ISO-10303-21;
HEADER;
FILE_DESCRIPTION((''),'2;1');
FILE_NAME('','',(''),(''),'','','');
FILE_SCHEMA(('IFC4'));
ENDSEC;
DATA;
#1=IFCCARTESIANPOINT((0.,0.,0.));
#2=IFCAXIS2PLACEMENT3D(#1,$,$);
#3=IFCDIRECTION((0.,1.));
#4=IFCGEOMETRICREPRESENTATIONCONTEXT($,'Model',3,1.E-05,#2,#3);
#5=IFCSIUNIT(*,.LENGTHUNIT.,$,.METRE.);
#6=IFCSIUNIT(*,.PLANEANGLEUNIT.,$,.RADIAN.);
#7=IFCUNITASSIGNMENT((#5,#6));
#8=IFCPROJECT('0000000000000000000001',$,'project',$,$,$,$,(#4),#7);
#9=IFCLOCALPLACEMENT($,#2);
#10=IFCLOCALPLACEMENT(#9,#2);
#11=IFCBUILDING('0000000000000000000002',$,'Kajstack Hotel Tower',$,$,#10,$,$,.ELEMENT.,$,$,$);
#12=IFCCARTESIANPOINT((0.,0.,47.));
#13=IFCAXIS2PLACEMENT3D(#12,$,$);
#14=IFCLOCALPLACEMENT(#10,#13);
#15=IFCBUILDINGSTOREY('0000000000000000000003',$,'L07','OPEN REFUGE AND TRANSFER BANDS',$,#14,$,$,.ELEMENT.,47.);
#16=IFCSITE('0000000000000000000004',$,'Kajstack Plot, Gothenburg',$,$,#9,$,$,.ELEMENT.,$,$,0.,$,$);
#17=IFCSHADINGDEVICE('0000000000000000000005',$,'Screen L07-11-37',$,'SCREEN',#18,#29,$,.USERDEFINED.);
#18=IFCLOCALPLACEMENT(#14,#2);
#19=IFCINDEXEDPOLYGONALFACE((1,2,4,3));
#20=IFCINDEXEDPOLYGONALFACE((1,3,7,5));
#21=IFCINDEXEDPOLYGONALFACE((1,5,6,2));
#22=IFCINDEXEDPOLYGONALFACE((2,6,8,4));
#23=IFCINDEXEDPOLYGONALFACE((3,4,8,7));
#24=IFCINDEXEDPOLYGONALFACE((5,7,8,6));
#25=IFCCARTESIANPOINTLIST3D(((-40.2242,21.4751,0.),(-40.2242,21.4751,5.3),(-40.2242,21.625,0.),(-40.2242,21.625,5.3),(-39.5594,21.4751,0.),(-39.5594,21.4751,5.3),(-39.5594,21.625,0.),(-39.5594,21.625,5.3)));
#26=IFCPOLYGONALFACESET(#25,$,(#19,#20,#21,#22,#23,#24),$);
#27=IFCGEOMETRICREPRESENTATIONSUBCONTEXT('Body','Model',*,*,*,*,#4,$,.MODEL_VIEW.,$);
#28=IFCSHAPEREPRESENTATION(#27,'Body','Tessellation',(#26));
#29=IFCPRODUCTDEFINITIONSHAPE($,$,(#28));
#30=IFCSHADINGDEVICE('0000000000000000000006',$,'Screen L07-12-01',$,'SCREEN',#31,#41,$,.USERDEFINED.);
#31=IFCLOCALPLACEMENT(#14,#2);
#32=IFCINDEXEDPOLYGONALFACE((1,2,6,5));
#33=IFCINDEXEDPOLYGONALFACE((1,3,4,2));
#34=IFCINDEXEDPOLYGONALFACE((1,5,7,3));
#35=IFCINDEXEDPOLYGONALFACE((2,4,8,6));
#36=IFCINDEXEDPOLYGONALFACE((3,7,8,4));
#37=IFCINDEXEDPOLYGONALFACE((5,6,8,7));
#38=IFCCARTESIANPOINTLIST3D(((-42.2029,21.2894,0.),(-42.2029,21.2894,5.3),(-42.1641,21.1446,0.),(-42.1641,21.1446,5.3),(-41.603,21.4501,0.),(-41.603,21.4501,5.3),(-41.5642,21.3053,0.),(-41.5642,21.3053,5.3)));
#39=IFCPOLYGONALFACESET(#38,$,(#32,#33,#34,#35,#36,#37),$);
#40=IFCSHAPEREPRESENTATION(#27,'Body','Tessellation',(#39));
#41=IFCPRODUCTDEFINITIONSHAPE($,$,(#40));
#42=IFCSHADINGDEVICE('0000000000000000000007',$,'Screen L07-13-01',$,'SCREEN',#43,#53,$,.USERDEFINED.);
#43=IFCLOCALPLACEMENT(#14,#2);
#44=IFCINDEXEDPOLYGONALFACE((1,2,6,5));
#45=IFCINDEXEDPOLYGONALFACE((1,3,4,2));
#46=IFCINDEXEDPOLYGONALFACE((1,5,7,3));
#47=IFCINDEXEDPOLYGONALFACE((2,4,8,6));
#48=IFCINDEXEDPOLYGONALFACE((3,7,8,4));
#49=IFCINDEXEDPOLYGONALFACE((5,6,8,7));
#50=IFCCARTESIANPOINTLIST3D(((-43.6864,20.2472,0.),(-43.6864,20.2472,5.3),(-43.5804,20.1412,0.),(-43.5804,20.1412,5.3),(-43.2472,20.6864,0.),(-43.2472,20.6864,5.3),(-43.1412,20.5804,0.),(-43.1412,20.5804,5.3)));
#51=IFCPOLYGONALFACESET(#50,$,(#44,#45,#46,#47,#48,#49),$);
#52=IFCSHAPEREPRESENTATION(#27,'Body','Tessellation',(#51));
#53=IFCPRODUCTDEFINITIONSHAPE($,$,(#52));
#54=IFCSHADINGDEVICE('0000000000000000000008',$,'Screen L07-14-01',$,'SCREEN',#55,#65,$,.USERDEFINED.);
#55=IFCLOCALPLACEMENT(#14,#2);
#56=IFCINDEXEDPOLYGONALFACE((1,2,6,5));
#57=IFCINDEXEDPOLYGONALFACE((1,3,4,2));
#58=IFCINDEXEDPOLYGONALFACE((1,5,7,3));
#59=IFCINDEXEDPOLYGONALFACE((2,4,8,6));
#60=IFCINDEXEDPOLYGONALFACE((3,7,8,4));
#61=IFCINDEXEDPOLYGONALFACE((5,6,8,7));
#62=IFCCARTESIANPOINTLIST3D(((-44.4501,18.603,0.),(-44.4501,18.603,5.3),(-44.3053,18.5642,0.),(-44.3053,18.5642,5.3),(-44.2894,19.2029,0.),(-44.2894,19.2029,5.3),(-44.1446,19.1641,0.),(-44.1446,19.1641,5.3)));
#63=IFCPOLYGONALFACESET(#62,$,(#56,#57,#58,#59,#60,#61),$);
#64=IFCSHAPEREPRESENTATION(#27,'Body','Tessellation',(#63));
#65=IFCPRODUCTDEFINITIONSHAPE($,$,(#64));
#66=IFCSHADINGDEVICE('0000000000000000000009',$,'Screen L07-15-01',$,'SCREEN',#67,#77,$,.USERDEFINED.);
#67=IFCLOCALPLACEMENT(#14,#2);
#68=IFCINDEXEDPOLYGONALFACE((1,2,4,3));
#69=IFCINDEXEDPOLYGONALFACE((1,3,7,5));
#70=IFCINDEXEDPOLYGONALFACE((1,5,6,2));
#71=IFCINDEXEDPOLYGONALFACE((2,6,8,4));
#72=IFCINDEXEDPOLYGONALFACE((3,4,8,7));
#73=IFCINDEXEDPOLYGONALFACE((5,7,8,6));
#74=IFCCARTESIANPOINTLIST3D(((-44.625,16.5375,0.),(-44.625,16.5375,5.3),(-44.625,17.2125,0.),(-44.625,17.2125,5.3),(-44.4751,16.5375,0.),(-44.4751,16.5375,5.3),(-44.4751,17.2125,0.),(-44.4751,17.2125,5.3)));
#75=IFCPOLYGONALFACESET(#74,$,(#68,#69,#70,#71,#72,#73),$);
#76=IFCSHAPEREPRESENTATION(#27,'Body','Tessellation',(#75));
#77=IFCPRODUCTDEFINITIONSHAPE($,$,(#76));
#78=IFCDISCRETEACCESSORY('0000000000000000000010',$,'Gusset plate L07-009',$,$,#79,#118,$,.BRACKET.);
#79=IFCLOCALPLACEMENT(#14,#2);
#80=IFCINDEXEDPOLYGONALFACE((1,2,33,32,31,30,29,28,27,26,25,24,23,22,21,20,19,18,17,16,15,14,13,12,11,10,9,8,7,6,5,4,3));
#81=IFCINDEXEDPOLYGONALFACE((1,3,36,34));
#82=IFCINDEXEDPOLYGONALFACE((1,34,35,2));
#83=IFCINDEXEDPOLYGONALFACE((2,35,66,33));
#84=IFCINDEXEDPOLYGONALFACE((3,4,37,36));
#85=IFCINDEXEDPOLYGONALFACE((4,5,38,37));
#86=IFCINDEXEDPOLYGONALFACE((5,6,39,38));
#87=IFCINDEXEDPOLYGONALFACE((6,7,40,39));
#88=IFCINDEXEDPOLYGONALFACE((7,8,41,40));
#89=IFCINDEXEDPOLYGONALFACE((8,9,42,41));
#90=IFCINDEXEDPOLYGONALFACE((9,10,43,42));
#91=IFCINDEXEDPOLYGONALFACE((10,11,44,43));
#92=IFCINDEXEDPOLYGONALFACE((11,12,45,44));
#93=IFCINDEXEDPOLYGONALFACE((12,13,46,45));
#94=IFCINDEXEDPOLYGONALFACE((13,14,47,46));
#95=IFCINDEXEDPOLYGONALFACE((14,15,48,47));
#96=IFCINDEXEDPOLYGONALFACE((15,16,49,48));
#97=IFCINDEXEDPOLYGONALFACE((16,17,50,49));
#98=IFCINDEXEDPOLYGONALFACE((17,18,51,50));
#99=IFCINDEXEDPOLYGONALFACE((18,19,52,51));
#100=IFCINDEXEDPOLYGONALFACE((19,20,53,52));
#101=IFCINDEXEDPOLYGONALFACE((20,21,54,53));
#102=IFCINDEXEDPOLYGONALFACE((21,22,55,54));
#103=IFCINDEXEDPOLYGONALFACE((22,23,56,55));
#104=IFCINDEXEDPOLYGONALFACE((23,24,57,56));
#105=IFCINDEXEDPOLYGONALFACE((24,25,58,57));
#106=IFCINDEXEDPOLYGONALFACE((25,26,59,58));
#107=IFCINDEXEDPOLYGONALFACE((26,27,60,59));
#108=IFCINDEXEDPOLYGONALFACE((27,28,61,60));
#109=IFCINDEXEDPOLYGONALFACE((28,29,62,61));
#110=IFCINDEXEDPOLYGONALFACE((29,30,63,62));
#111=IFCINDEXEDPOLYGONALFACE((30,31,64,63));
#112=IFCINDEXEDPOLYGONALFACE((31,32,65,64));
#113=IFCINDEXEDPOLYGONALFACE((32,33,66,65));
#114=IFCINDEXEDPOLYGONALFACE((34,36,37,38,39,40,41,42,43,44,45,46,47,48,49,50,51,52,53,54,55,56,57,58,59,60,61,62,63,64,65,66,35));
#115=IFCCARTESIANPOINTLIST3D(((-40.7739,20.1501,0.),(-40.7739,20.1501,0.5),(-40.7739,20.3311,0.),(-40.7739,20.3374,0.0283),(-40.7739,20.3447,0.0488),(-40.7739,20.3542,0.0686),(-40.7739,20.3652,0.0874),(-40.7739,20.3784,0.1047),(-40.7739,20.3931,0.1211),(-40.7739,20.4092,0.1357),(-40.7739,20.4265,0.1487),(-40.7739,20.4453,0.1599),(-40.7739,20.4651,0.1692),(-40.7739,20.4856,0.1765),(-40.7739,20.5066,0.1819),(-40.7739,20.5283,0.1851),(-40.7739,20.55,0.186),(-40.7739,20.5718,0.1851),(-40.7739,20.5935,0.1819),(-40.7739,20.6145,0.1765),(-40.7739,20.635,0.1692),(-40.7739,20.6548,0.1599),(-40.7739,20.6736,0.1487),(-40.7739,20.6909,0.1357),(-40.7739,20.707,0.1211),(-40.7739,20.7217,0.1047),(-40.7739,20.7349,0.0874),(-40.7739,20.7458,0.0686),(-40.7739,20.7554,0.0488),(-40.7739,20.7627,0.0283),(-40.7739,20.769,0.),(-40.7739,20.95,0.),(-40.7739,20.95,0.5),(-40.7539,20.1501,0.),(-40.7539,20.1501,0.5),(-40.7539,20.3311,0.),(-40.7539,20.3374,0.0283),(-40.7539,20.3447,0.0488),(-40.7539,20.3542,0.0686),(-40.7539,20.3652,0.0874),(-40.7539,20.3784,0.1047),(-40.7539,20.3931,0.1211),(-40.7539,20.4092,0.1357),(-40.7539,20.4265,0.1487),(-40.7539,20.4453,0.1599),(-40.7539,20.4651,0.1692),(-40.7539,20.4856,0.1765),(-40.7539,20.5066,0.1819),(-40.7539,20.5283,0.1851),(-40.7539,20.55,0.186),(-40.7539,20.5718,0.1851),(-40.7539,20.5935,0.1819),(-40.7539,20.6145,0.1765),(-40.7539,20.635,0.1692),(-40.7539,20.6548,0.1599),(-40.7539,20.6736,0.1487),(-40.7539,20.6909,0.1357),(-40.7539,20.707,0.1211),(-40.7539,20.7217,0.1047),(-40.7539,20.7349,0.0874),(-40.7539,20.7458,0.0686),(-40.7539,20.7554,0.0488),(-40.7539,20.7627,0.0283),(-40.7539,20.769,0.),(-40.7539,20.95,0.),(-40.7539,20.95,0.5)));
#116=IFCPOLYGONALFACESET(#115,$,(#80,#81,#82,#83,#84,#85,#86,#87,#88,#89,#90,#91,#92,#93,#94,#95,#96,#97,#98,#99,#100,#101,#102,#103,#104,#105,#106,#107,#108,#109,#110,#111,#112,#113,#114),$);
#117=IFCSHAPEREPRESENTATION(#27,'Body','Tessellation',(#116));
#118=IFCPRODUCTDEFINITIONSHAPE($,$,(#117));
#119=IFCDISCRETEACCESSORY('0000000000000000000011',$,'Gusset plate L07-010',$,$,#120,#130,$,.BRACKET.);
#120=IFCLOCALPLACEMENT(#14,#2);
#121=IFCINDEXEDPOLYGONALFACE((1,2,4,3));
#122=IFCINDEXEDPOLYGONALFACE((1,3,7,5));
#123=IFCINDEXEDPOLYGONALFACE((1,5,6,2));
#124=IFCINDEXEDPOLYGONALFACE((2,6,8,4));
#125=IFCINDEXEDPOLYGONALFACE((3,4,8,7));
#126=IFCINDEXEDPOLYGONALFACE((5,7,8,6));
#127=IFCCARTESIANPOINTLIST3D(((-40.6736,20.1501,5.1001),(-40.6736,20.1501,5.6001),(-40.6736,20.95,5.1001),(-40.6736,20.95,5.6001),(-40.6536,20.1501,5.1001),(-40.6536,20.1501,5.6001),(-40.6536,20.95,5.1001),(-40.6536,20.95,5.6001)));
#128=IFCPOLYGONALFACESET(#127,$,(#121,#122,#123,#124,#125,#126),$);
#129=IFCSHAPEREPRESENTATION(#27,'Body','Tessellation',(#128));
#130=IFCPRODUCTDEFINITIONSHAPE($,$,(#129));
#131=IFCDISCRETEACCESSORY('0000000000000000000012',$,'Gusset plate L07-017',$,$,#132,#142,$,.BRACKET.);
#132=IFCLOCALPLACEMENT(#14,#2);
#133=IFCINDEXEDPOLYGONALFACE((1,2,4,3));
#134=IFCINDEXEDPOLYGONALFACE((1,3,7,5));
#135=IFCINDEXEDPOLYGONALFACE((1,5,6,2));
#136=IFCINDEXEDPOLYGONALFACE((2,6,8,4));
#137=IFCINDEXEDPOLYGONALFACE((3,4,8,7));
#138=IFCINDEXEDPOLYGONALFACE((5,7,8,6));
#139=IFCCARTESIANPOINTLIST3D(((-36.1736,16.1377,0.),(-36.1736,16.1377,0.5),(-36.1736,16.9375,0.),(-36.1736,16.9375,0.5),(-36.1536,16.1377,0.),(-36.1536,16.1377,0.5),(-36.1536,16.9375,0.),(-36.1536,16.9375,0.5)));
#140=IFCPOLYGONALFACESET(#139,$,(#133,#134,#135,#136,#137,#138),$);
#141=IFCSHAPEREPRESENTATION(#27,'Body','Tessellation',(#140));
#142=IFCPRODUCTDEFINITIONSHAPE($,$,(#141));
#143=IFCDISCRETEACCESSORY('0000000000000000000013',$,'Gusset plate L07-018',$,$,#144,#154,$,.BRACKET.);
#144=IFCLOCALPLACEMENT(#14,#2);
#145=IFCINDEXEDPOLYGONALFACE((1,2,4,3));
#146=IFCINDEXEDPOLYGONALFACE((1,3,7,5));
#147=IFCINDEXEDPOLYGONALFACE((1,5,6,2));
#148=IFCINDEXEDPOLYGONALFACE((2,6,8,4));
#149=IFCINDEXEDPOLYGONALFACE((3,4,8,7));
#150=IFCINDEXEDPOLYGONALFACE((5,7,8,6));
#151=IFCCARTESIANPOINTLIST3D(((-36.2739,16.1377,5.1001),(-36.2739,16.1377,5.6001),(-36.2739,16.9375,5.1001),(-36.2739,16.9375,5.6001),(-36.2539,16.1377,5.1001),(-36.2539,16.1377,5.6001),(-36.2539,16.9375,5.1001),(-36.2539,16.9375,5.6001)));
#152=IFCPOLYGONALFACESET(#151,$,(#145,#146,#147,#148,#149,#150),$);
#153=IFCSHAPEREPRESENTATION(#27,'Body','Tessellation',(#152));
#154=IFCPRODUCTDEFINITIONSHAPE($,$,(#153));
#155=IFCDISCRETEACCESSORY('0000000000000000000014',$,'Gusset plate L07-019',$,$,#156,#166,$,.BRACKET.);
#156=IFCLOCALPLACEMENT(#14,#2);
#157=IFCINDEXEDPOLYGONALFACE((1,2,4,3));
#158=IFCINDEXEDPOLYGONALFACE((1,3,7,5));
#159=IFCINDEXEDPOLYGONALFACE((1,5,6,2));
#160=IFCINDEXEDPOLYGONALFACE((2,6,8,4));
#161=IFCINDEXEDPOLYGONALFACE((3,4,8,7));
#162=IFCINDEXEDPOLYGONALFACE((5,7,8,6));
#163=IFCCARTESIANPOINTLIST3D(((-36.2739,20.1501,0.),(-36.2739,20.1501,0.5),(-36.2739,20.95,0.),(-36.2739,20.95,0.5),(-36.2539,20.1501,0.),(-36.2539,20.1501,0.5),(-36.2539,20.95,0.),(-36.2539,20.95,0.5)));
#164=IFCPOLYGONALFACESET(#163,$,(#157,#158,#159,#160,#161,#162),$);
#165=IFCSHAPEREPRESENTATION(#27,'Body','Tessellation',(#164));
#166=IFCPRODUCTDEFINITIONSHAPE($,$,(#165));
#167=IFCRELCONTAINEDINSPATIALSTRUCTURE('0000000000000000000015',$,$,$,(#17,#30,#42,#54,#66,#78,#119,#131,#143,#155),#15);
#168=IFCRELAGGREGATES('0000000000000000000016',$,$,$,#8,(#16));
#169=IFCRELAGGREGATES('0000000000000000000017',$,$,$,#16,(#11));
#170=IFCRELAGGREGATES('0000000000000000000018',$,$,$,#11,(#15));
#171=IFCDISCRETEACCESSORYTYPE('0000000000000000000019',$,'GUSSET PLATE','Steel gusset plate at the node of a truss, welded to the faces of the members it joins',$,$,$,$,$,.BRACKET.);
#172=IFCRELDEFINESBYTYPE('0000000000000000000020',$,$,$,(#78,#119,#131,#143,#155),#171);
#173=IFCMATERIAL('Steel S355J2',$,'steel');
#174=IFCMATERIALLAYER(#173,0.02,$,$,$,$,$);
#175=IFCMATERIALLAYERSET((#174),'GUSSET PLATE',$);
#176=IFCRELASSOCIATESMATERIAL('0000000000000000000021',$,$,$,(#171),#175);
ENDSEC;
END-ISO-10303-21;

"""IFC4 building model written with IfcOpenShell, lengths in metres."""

from ifc_helpers import new_model, si_unit, direction, frame, origin, origin_2d, place, context, subcontext, project, spatial, polyline, rectangle, outline, extrude, material, layer, layer_set, type_object, element, save


model = new_model("IFC4")

# Units and contexts
model_context = context("Model", 3, precision=1e-05, world=origin(), true_north=direction((0.0, 1.0)))
body_context = subcontext(model_context, "Body", "Model", "MODEL_VIEW")
ifc_project = project(units=[si_unit("LENGTHUNIT", "METRE"), si_unit("PLANEANGLEUNIT", "RADIAN")], contexts=[model_context])

# Site, building, storey
site_placement = place(None, origin())
site = spatial("IfcSite", under=ifc_project, at=site_placement, Name="Kajstack Plot, Gothenburg", CompositionType="ELEMENT", RefElevation=0.0)
building_placement = place(site_placement, origin())
building = spatial("IfcBuilding", under=site, at=building_placement, Name="Kajstack Hotel Tower", CompositionType="ELEMENT")
storey_placement = place(building_placement, frame((0.0, 0.0, 47.0)))
storey = spatial("IfcBuildingStorey", under=building, at=storey_placement, Name="L07", Description="OPEN REFUGE AND TRANSFER BANDS", CompositionType="ELEMENT", Elevation=47.0)

# Shared definitions
ifc_material = material(Name="Steel S355J2", Category="steel")

# Shading devices
for number, where, z_axis, x_axis, name in (
    (1, (-39.8918, 21.55, 0.0), (0.0, 0.0, 1.0), (-1.0, 0.0, 0.0), "Screen L07-11-37"),
):
    element("IfcShadingDevice", number, at=place(storey_placement, frame(where, z_axis=z_axis, x_axis=x_axis)), inside=storey, Name=name, ObjectType="SCREEN", PredefinedType="USERDEFINED", context=body_context, shape_type="SweptSolid", body=[
        extrude(rectangle(XDim=0.6648, YDim=0.1499, at=origin_2d()), origin(), (0.0, 0.0, 1.0), 5.3),
    ])
for number, where, z_axis, x_axis, name in (
    (2, (-41.8835, 21.2974, 0.0), (0.0, 0.0, 1.0), (-0.965926, -0.25882, 0.0), "Screen L07-12-01"),
    (3, (-43.4138, 20.4138, 0.0), (0.0, 0.0, 1.0), (-0.707107, -0.707107, 0.0), "Screen L07-13-01"),
    (4, (-44.2974, 18.8835, 0.0), (0.0, 0.0, 1.0), (-0.25882, -0.965926, 0.0), "Screen L07-14-01"),
):
    element("IfcShadingDevice", number, at=place(storey_placement, frame(where, z_axis=z_axis, x_axis=x_axis)), inside=storey, Name=name, ObjectType="SCREEN", PredefinedType="USERDEFINED", context=body_context, shape_type="SweptSolid", body=[
        extrude(rectangle(XDim=0.6211, YDim=0.1499, at=origin_2d()), origin(), (0.0, 0.0, 1.0), 5.3),
    ])
shading_device_placement = place(storey_placement, frame((-44.55, 16.875, 0.0), z_axis=(0.0, 0.0, 1.0), x_axis=(0.0, -1.0, 0.0)))
element("IfcShadingDevice", 5, at=shading_device_placement, inside=storey, Name="Screen L07-15-01", ObjectType="SCREEN", PredefinedType="USERDEFINED", context=body_context, shape_type="SweptSolid", body=[
    extrude(rectangle(XDim=0.675, YDim=0.1499, at=origin_2d()), origin(), (0.0, 0.0, 1.0), 5.3),
])

# Discrete accessories
ifc_layer = layer(ifc_material, 0.02)
ifc_layer_set = layer_set([ifc_layer], Name="GUSSET PLATE")
discrete_accessory_type = type_object("IfcDiscreteAccessoryType", Name="GUSSET PLATE", Description="Steel gusset plate at the node of a truss, welded to the faces of the members it joins", PredefinedType="BRACKET", material=ifc_layer_set)
discrete_accessory_1_placement = place(storey_placement, frame((-40.7739, 20.55, 0.0), z_axis=(1.0, 0.0, 0.0), x_axis=(0.0, 1.0, 0.0)))
element("IfcDiscreteAccessory", 6, at=discrete_accessory_1_placement, inside=storey, type_object=discrete_accessory_type, Name="Gusset plate L07-009", PredefinedType="BRACKET", context=body_context, shape_type="SweptSolid", body=[
    extrude(outline(polyline([(-0.3999, 0.0), (-0.219, 0.0), (-0.2126, 0.0283), (-0.2053, 0.0488), (-0.1958, 0.0686), (-0.1848, 0.0874), (-0.1716, 0.1047), (-0.157, 0.1211), (-0.1409, 0.1357), (-0.1235, 0.1487), (-0.1047, 0.1599), (-0.085, 0.1692), (-0.0645, 0.1765), (-0.0435, 0.1819), (-0.0217, 0.1851), (0.0, 0.186), (0.0217, 0.1851), (0.0435, 0.1819), (0.0645, 0.1765), (0.085, 0.1692), (0.1047, 0.1599), (0.1235, 0.1487), (0.1409, 0.1357), (0.157, 0.1211), (0.1716, 0.1047), (0.1848, 0.0874), (0.1958, 0.0686), (0.2053, 0.0488), (0.2126, 0.0283), (0.219, 0.0), (0.3999, 0.0), (0.3999, 0.5), (-0.3999, 0.5), (-0.3999, 0.0)])), origin(), (0.0, 0.0, 1.0), 0.02),
])
for number, where, z_axis, x_axis, name in (
    (7, (-40.6736, 20.55, 5.1001), (1.0, 0.0, 0.0), (0.0, 1.0, 0.0), "Gusset plate L07-010"),
    (8, (-36.1736, 16.5376, 0.0), (1.0, 0.0, 0.0), (0.0, 1.0, 0.0), "Gusset plate L07-017"),
    (9, (-36.2739, 16.5376, 5.1001), (1.0, 0.0, 0.0), (0.0, 1.0, 0.0), "Gusset plate L07-018"),
    (10, (-36.2739, 20.55, 0.0), (1.0, 0.0, 0.0), (0.0, 1.0, 0.0), "Gusset plate L07-019"),
):
    element("IfcDiscreteAccessory", number, at=place(storey_placement, frame(where, z_axis=z_axis, x_axis=x_axis)), inside=storey, type_object=discrete_accessory_type, Name=name, PredefinedType="BRACKET", context=body_context, shape_type="SweptSolid", body=[
        extrude(outline(polyline([(-0.3999, 0.0), (0.3999, 0.0), (0.3999, 0.5), (-0.3999, 0.5), (-0.3999, 0.0)])), origin(), (0.0, 0.0, 1.0), 0.02),
    ])

save(model, "model.ifc")
